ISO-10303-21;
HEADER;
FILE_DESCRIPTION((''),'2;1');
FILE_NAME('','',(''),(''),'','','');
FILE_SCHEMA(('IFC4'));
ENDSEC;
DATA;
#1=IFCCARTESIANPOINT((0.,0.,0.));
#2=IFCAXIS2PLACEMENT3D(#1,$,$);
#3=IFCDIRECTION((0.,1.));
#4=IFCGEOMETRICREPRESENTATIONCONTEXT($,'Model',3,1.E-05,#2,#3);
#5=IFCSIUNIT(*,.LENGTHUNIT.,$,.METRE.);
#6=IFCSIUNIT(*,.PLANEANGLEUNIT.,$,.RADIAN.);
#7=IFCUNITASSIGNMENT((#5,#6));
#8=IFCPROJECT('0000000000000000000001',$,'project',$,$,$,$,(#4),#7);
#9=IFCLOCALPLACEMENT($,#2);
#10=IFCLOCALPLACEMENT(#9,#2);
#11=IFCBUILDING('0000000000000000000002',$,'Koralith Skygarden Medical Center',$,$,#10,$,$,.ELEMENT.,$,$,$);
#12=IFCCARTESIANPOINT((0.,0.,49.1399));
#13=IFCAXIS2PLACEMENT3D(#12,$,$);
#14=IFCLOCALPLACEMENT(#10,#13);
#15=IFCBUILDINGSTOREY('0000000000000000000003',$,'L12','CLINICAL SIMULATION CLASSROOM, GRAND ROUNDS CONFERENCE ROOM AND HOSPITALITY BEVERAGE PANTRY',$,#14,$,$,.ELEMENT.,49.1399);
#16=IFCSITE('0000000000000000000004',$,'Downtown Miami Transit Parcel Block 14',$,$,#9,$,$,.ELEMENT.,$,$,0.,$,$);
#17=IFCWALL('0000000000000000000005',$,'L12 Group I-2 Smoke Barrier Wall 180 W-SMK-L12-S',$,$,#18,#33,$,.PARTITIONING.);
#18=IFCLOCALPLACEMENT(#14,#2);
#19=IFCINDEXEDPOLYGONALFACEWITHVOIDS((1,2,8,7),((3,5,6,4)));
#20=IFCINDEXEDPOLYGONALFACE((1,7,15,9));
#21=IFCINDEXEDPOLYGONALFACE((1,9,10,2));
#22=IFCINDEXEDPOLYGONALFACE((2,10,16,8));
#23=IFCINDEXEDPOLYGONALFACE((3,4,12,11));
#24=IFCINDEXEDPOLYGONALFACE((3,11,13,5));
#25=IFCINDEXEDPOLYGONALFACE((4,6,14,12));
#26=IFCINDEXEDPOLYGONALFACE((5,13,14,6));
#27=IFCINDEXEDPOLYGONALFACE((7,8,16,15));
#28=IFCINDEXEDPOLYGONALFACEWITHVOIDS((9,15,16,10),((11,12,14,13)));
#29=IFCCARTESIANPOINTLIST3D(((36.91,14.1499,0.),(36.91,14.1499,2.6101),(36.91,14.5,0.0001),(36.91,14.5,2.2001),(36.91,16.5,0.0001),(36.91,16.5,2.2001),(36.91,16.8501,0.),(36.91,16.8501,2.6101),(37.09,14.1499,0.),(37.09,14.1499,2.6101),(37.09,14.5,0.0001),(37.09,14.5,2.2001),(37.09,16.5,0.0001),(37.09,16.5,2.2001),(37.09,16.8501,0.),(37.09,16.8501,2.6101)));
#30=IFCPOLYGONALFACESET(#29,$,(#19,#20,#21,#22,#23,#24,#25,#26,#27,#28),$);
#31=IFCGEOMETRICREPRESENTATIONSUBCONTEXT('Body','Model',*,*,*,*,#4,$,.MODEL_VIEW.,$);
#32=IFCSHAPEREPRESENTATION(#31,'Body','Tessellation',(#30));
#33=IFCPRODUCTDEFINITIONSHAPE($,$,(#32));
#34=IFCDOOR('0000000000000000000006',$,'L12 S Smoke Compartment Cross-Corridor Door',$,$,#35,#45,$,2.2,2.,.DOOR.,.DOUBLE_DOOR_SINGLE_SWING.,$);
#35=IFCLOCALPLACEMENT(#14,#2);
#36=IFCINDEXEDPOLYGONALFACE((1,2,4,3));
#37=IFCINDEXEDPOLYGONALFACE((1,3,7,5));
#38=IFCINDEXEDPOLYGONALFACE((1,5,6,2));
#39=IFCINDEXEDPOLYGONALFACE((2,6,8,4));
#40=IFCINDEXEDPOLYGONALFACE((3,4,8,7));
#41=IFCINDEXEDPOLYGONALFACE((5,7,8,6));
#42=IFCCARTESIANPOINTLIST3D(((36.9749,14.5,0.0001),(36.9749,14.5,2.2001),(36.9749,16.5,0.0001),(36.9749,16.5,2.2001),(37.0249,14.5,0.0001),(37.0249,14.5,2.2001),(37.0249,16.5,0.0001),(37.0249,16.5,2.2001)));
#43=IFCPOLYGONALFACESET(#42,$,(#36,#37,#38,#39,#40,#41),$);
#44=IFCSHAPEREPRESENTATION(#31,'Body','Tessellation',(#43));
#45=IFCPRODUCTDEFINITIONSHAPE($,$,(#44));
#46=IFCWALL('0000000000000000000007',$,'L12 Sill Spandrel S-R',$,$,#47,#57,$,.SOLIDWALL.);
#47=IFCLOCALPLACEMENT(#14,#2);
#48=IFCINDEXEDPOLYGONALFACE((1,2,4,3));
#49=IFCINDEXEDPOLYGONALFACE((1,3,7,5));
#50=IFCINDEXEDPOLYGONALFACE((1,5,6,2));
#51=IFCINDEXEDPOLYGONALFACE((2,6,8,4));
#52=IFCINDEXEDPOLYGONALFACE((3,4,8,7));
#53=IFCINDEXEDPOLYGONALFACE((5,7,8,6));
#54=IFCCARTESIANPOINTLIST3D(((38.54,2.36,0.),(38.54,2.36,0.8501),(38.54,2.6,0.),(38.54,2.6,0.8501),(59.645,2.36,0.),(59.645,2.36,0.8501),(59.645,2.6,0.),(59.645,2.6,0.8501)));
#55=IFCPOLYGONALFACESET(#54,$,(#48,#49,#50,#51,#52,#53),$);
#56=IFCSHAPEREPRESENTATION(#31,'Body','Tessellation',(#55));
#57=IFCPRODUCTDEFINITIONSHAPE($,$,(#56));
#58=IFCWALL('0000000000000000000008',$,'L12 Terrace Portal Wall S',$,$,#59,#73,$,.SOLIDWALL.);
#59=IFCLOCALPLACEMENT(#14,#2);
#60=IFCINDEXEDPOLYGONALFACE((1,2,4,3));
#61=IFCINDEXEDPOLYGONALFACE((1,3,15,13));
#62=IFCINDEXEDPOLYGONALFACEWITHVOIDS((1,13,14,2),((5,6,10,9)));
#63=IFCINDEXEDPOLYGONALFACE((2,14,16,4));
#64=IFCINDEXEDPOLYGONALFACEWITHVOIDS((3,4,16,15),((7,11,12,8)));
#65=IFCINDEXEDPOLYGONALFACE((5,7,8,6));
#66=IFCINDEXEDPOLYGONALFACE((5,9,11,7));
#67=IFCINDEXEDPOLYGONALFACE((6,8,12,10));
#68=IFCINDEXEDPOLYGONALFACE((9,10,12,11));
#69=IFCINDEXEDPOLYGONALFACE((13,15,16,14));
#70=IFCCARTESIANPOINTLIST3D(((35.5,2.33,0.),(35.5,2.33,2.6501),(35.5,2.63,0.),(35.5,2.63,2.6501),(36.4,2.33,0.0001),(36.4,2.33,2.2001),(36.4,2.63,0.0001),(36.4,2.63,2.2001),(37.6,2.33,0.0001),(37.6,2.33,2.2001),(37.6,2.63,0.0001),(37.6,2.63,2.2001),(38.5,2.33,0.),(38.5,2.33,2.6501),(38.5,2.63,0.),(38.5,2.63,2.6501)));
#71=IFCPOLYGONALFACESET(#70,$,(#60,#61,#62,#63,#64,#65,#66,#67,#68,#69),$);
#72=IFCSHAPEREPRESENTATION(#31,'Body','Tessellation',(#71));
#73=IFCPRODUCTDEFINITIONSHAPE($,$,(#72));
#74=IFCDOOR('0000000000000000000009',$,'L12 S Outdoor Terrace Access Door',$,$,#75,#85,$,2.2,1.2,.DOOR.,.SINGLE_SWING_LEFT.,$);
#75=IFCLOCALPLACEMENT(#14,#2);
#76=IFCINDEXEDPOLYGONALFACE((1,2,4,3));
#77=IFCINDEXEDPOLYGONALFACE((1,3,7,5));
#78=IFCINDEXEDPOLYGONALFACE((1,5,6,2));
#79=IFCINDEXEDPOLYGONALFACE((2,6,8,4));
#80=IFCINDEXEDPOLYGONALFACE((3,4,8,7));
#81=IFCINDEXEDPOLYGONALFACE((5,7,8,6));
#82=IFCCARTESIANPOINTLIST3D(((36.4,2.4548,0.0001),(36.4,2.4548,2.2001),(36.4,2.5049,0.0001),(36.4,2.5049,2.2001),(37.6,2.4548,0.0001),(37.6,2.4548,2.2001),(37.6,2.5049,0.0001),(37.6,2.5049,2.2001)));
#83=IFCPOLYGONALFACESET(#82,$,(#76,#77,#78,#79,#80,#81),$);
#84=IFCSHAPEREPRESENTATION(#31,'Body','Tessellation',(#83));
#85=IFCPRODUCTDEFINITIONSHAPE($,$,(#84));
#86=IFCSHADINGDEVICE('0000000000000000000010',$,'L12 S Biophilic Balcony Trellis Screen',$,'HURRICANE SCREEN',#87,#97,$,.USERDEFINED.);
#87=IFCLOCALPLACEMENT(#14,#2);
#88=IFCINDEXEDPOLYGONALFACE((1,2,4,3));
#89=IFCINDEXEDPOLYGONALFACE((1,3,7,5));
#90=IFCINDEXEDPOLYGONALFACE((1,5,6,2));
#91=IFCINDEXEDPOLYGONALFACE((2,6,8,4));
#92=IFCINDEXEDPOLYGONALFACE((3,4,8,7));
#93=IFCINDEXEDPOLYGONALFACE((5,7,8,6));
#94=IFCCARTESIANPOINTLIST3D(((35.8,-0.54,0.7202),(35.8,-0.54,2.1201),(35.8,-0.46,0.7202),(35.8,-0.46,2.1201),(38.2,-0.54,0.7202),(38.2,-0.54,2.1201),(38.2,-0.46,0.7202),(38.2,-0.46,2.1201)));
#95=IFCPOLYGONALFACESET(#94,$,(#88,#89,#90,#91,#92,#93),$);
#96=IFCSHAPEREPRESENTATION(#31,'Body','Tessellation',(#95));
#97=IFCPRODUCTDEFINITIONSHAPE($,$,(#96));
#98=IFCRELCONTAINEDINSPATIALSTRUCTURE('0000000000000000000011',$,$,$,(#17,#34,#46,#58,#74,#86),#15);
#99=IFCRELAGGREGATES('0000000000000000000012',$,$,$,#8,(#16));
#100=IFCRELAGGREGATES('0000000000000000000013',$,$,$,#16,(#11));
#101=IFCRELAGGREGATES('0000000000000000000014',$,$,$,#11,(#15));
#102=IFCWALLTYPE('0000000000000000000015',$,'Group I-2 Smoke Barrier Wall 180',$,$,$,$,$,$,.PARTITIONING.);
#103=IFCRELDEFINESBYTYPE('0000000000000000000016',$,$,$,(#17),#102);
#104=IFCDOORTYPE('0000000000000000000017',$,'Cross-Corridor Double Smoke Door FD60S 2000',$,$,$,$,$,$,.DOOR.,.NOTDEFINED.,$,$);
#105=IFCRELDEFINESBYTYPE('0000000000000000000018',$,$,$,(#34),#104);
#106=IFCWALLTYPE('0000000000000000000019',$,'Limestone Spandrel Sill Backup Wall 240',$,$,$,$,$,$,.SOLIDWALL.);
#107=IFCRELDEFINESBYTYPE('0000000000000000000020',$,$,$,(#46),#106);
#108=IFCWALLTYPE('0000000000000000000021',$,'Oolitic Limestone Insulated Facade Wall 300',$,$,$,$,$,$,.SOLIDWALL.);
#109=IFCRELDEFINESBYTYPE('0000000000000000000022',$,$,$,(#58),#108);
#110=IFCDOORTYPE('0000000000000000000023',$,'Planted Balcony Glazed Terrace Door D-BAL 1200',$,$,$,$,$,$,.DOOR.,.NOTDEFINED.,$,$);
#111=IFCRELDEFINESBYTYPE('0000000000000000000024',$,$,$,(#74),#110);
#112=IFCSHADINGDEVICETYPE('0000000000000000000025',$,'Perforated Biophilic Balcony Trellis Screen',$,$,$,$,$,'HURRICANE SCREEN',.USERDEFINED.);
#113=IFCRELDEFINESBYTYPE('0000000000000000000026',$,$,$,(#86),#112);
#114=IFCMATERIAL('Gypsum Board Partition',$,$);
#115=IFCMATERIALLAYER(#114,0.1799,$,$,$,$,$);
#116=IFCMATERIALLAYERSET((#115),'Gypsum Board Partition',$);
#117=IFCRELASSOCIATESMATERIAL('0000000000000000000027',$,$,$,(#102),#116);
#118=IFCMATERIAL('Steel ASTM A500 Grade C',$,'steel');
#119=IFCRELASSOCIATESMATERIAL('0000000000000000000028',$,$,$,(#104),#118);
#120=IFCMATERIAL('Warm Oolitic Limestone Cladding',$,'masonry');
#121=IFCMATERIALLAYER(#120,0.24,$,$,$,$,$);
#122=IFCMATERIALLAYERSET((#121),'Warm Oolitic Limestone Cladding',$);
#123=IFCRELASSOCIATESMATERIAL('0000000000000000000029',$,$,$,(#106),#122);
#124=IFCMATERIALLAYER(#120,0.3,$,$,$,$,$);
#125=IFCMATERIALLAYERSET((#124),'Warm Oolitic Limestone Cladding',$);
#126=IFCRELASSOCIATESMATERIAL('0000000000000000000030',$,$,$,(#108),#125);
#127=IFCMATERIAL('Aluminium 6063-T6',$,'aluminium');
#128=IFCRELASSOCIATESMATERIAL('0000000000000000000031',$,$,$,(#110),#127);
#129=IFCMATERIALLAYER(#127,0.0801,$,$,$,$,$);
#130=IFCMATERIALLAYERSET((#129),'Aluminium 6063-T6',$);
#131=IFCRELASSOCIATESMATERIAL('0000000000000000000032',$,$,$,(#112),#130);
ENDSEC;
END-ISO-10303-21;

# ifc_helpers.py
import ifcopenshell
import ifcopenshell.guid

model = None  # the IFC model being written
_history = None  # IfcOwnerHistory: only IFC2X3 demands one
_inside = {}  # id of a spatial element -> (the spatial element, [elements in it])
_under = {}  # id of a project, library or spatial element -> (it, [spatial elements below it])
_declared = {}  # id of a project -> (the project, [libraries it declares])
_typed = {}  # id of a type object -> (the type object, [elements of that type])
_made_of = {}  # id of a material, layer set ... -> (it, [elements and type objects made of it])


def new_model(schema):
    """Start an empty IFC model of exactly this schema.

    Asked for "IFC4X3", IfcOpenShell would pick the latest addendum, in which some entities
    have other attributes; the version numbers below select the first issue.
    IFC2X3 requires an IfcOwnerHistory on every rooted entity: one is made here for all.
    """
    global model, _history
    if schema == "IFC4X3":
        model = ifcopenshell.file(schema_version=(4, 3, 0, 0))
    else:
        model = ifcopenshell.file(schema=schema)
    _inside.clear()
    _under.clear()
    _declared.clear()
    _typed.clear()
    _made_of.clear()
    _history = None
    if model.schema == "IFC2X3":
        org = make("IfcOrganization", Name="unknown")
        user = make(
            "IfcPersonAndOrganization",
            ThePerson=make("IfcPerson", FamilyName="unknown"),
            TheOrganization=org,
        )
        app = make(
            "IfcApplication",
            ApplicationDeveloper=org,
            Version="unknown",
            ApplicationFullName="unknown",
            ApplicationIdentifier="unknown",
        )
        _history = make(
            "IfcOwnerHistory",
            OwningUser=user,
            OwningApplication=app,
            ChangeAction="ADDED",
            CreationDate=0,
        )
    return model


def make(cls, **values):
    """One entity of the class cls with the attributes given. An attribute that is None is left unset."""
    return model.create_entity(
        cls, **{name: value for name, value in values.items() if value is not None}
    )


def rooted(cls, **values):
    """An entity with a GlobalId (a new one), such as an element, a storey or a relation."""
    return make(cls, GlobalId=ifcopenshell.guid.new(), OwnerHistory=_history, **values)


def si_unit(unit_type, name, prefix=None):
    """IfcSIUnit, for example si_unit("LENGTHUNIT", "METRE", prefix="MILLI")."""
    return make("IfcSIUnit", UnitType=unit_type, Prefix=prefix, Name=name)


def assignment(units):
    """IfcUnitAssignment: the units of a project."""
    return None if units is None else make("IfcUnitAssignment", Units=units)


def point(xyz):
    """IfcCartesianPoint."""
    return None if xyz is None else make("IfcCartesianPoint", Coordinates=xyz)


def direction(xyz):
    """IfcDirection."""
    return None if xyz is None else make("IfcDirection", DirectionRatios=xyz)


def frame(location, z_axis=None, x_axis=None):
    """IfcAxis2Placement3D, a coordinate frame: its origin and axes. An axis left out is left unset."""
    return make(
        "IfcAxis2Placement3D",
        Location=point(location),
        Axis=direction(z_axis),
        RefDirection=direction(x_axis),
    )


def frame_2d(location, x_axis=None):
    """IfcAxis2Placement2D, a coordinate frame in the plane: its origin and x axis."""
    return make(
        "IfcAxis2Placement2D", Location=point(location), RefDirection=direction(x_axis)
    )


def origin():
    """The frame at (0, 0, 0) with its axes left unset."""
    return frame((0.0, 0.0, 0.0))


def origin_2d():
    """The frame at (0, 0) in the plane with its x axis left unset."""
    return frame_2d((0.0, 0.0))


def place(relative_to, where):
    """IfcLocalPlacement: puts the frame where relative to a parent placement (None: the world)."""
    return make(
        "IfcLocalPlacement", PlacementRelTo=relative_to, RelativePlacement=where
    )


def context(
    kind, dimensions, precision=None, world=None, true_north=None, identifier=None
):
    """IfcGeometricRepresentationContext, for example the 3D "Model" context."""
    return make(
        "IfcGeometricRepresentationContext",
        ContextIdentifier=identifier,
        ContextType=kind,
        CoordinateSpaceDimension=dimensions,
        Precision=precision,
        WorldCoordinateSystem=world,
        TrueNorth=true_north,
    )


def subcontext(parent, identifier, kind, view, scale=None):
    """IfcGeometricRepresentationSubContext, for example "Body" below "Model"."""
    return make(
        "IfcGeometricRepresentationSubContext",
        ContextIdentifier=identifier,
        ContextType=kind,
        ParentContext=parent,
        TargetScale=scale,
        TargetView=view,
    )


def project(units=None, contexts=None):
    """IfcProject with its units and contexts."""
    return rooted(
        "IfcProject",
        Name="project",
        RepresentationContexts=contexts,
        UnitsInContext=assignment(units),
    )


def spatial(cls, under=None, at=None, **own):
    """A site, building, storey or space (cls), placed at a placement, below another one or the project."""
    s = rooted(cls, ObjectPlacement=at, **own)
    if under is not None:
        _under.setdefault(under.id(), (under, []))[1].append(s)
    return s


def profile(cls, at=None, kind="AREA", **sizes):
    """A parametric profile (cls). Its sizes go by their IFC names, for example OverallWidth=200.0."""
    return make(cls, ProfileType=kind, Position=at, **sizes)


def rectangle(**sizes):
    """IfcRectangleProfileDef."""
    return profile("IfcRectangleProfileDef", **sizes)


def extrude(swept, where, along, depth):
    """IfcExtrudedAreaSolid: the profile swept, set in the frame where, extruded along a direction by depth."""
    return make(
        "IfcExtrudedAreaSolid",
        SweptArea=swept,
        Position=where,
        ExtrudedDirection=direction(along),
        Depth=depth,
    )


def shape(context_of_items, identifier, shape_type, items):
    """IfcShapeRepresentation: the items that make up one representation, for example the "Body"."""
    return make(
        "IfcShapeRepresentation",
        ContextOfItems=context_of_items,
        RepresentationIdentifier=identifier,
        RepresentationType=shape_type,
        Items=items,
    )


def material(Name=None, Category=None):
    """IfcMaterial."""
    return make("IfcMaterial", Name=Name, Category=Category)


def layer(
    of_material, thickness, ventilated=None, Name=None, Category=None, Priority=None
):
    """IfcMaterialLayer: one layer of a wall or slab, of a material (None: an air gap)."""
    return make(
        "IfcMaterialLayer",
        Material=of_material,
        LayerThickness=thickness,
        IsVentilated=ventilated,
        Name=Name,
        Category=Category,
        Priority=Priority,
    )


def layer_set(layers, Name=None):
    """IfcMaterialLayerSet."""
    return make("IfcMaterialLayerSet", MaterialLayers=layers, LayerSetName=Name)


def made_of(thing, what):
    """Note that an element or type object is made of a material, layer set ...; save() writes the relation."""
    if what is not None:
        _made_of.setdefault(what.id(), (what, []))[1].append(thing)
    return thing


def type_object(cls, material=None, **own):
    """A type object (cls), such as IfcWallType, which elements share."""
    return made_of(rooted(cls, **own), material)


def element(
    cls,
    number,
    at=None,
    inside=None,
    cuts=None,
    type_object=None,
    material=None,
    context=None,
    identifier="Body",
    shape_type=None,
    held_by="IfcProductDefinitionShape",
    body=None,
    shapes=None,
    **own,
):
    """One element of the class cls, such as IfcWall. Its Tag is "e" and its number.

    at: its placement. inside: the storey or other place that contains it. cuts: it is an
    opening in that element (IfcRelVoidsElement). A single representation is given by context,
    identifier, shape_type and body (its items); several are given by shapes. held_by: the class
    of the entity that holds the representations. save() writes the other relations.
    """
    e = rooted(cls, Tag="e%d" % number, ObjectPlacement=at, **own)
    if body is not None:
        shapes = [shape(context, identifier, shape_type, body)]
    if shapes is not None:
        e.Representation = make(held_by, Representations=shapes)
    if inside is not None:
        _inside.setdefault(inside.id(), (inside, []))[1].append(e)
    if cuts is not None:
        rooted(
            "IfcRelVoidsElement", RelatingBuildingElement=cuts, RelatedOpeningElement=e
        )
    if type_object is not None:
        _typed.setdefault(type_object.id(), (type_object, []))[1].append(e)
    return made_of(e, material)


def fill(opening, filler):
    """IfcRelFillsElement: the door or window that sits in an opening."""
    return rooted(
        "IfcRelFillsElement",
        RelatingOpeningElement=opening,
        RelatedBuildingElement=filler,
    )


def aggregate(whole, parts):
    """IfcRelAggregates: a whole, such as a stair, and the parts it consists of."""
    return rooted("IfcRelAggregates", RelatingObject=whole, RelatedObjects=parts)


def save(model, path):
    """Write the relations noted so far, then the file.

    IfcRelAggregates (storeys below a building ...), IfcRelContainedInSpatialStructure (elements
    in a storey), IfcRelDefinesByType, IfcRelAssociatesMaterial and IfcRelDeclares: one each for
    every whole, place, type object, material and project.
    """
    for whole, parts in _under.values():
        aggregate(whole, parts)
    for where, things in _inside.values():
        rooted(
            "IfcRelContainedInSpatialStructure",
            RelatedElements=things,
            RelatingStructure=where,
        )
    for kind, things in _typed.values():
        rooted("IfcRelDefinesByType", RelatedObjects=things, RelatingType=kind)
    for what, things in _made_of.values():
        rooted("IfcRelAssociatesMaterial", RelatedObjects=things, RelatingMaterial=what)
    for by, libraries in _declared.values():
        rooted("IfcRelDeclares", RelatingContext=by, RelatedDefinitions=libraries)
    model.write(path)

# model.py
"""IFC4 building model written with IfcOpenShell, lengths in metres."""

from ifc_helpers import new_model, si_unit, direction, frame, frame_2d, origin, origin_2d, place, context, subcontext, project, spatial, rectangle, extrude, material, layer, layer_set, type_object, element, fill, save


model = new_model("IFC4")

# Units and contexts
model_context = context("Model", 3, precision=1e-05, world=origin(), true_north=direction((0.0, 1.0)))
body_context = subcontext(model_context, "Body", "Model", "MODEL_VIEW")
ifc_project = project(units=[si_unit("LENGTHUNIT", "METRE"), si_unit("PLANEANGLEUNIT", "RADIAN")], contexts=[model_context])

# Site, building, storey
site_placement = place(None, origin())
site = spatial("IfcSite", under=ifc_project, at=site_placement, Name="Downtown Miami Transit Parcel Block 14", CompositionType="ELEMENT", RefElevation=0.0)
building_placement = place(site_placement, origin())
building = spatial("IfcBuilding", under=site, at=building_placement, Name="Koralith Skygarden Medical Center", CompositionType="ELEMENT")
storey_placement = place(building_placement, frame((0.0, 0.0, 49.1399)))
storey = spatial("IfcBuildingStorey", under=building, at=storey_placement, Name="L12", Description="CLINICAL SIMULATION CLASSROOM, GRAND ROUNDS CONFERENCE ROOM AND HOSPITALITY BEVERAGE PANTRY", CompositionType="ELEMENT", Elevation=49.1399)

# Shared definitions
ifc_material_1 = material(Name="Aluminium 6063-T6", Category="aluminium")

# Shared definitions
ifc_material_2 = material(Name="Gypsum Board Partition")

# Wall, opening, door
ifc_layer_1 = layer(ifc_material_2, 0.1799)
ifc_layer_set_1 = layer_set([ifc_layer_1], Name="Gypsum Board Partition")
wall_type_1 = type_object("IfcWallType", Name="Group I-2 Smoke Barrier Wall 180", PredefinedType="PARTITIONING", material=ifc_layer_set_1)
wall_1_placement = place(storey_placement, frame((37.0, 14.1499, 0.0), z_axis=(0.0, 0.0, 1.0), x_axis=(0.0, 1.0, 0.0)))
wall_1 = element("IfcWall", 1, at=wall_1_placement, inside=storey, type_object=wall_type_1, Name="L12 Group I-2 Smoke Barrier Wall 180 W-SMK-L12-S", PredefinedType="PARTITIONING", context=body_context, shape_type="SweptSolid", body=[
    extrude(rectangle(XDim=2.7002, YDim=0.1799, at=frame_2d((1.3501, 0.0))), origin(), (0.0, 0.0, 1.0), 2.6101),
])
opening_1_placement = place(wall_1_placement, frame((0.3501, 0.0, 0.0)))
opening_1 = element("IfcOpeningElement", 2, at=opening_1_placement, cuts=wall_1, PredefinedType="OPENING", context=body_context, shape_type="SweptSolid", body=[
    extrude(rectangle(XDim=2.0, YDim=2.2, at=frame_2d((1.0, 1.1001))), frame((0.0, 0.0999, 0.0), z_axis=(0.0, -1.0, 0.0), x_axis=(1.0, 0.0, 0.0)), (0.0, 0.0, 1.0), 0.2),
])
ifc_material_3 = material(Name="Steel ASTM A500 Grade C", Category="steel")
door_type_1 = type_object("IfcDoorType", Name="Cross-Corridor Double Smoke Door FD60S 2000", OperationType="NOTDEFINED", PredefinedType="DOOR", material=ifc_material_3)
door_1_placement = place(opening_1_placement, frame((2.0, 0.0, 0.0), z_axis=(0.0, 0.0, 1.0), x_axis=(-1.0, 0.0, 0.0)))
door_1 = element("IfcDoor", 3, at=door_1_placement, inside=storey, type_object=door_type_1, Name="L12 S Smoke Compartment Cross-Corridor Door", OperationType="DOUBLE_DOOR_SINGLE_SWING", OverallHeight=2.2, OverallWidth=2.0, PredefinedType="DOOR", context=body_context, shape_type="SweptSolid", body=[
    extrude(rectangle(XDim=2.0, YDim=2.2, at=frame_2d((1.0, 1.1001))), frame((0.0, 0.0249, 0.0), z_axis=(0.0, -1.0, 0.0), x_axis=(1.0, 0.0, 0.0)), (0.0, 0.0, 1.0), 0.05),
])
fill(opening_1, door_1)

# Wall
ifc_material_4 = material(Name="Warm Oolitic Limestone Cladding", Category="masonry")
ifc_layer_2 = layer(ifc_material_4, 0.24)
ifc_layer_set_2 = layer_set([ifc_layer_2], Name="Warm Oolitic Limestone Cladding")
wall_type_2 = type_object("IfcWallType", Name="Limestone Spandrel Sill Backup Wall 240", PredefinedType="SOLIDWALL", material=ifc_layer_set_2)
wall_2_placement = place(storey_placement, frame((38.54, 2.48, 0.0), z_axis=(0.0, 0.0, 1.0), x_axis=(1.0, 0.0, 0.0)))
element("IfcWall", 4, at=wall_2_placement, inside=storey, type_object=wall_type_2, Name="L12 Sill Spandrel S-R", PredefinedType="SOLIDWALL", context=body_context, shape_type="SweptSolid", body=[
    extrude(rectangle(XDim=21.105, YDim=0.24, at=frame_2d((10.5525, 0.0))), origin(), (0.0, 0.0, 1.0), 0.8501),
])

# Wall, opening, door
ifc_layer_3 = layer(ifc_material_4, 0.3)
ifc_layer_set_3 = layer_set([ifc_layer_3], Name="Warm Oolitic Limestone Cladding")
wall_type_3 = type_object("IfcWallType", Name="Oolitic Limestone Insulated Facade Wall 300", PredefinedType="SOLIDWALL", material=ifc_layer_set_3)
wall_3_placement = place(storey_placement, frame((35.5, 2.48, 0.0), z_axis=(0.0, 0.0, 1.0), x_axis=(1.0, 0.0, 0.0)))
wall_3 = element("IfcWall", 5, at=wall_3_placement, inside=storey, type_object=wall_type_3, Name="L12 Terrace Portal Wall S", PredefinedType="SOLIDWALL", context=body_context, shape_type="SweptSolid", body=[
    extrude(rectangle(XDim=3.0, YDim=0.3, at=frame_2d((1.5, 0.0))), origin(), (0.0, 0.0, 1.0), 2.6501),
])
opening_2_placement = place(wall_3_placement, frame((0.8999, 0.0, 0.0)))
opening_2 = element("IfcOpeningElement", 6, at=opening_2_placement, cuts=wall_3, PredefinedType="OPENING", context=body_context, shape_type="SweptSolid", body=[
    extrude(rectangle(XDim=1.2, YDim=2.2, at=frame_2d((0.6001, 1.1001))), frame((0.0, 0.1599, 0.0), z_axis=(0.0, -1.0, 0.0), x_axis=(1.0, 0.0, 0.0)), (0.0, 0.0, 1.0), 0.3201),
])
door_type_2 = type_object("IfcDoorType", Name="Planted Balcony Glazed Terrace Door D-BAL 1200", OperationType="NOTDEFINED", PredefinedType="DOOR", material=ifc_material_1)
door_2_placement = place(opening_2_placement, origin())
door_2 = element("IfcDoor", 7, at=door_2_placement, inside=storey, type_object=door_type_2, Name="L12 S Outdoor Terrace Access Door", OperationType="SINGLE_SWING_LEFT", OverallHeight=2.2, OverallWidth=1.2, PredefinedType="DOOR", context=body_context, shape_type="SweptSolid", body=[
    extrude(rectangle(XDim=1.2, YDim=2.2, at=frame_2d((0.6001, 1.1001))), frame((0.0, 0.0249, 0.0), z_axis=(0.0, -1.0, 0.0), x_axis=(1.0, 0.0, 0.0)), (0.0, 0.0, 1.0), 0.05),
])
fill(opening_2, door_2)

# Shading device
ifc_layer_4 = layer(ifc_material_1, 0.0801)
ifc_layer_set_4 = layer_set([ifc_layer_4], Name="Aluminium 6063-T6")
shading_device_type = type_object("IfcShadingDeviceType", Name="Perforated Biophilic Balcony Trellis Screen", ElementType="HURRICANE SCREEN", PredefinedType="USERDEFINED", material=ifc_layer_set_4)
shading_device_placement = place(storey_placement, frame((37.0, -0.5, 0.7202), z_axis=(0.0, 0.0, 1.0), x_axis=(1.0, 0.0, 0.0)))
element("IfcShadingDevice", 8, at=shading_device_placement, inside=storey, type_object=shading_device_type, Name="L12 S Biophilic Balcony Trellis Screen", ObjectType="HURRICANE SCREEN", PredefinedType="USERDEFINED", context=body_context, shape_type="SweptSolid", body=[
    extrude(rectangle(XDim=2.3999, YDim=0.0801, at=origin_2d()), origin(), (0.0, 0.0, 1.0), 1.3999),
])

save(model, "model.ifc")
